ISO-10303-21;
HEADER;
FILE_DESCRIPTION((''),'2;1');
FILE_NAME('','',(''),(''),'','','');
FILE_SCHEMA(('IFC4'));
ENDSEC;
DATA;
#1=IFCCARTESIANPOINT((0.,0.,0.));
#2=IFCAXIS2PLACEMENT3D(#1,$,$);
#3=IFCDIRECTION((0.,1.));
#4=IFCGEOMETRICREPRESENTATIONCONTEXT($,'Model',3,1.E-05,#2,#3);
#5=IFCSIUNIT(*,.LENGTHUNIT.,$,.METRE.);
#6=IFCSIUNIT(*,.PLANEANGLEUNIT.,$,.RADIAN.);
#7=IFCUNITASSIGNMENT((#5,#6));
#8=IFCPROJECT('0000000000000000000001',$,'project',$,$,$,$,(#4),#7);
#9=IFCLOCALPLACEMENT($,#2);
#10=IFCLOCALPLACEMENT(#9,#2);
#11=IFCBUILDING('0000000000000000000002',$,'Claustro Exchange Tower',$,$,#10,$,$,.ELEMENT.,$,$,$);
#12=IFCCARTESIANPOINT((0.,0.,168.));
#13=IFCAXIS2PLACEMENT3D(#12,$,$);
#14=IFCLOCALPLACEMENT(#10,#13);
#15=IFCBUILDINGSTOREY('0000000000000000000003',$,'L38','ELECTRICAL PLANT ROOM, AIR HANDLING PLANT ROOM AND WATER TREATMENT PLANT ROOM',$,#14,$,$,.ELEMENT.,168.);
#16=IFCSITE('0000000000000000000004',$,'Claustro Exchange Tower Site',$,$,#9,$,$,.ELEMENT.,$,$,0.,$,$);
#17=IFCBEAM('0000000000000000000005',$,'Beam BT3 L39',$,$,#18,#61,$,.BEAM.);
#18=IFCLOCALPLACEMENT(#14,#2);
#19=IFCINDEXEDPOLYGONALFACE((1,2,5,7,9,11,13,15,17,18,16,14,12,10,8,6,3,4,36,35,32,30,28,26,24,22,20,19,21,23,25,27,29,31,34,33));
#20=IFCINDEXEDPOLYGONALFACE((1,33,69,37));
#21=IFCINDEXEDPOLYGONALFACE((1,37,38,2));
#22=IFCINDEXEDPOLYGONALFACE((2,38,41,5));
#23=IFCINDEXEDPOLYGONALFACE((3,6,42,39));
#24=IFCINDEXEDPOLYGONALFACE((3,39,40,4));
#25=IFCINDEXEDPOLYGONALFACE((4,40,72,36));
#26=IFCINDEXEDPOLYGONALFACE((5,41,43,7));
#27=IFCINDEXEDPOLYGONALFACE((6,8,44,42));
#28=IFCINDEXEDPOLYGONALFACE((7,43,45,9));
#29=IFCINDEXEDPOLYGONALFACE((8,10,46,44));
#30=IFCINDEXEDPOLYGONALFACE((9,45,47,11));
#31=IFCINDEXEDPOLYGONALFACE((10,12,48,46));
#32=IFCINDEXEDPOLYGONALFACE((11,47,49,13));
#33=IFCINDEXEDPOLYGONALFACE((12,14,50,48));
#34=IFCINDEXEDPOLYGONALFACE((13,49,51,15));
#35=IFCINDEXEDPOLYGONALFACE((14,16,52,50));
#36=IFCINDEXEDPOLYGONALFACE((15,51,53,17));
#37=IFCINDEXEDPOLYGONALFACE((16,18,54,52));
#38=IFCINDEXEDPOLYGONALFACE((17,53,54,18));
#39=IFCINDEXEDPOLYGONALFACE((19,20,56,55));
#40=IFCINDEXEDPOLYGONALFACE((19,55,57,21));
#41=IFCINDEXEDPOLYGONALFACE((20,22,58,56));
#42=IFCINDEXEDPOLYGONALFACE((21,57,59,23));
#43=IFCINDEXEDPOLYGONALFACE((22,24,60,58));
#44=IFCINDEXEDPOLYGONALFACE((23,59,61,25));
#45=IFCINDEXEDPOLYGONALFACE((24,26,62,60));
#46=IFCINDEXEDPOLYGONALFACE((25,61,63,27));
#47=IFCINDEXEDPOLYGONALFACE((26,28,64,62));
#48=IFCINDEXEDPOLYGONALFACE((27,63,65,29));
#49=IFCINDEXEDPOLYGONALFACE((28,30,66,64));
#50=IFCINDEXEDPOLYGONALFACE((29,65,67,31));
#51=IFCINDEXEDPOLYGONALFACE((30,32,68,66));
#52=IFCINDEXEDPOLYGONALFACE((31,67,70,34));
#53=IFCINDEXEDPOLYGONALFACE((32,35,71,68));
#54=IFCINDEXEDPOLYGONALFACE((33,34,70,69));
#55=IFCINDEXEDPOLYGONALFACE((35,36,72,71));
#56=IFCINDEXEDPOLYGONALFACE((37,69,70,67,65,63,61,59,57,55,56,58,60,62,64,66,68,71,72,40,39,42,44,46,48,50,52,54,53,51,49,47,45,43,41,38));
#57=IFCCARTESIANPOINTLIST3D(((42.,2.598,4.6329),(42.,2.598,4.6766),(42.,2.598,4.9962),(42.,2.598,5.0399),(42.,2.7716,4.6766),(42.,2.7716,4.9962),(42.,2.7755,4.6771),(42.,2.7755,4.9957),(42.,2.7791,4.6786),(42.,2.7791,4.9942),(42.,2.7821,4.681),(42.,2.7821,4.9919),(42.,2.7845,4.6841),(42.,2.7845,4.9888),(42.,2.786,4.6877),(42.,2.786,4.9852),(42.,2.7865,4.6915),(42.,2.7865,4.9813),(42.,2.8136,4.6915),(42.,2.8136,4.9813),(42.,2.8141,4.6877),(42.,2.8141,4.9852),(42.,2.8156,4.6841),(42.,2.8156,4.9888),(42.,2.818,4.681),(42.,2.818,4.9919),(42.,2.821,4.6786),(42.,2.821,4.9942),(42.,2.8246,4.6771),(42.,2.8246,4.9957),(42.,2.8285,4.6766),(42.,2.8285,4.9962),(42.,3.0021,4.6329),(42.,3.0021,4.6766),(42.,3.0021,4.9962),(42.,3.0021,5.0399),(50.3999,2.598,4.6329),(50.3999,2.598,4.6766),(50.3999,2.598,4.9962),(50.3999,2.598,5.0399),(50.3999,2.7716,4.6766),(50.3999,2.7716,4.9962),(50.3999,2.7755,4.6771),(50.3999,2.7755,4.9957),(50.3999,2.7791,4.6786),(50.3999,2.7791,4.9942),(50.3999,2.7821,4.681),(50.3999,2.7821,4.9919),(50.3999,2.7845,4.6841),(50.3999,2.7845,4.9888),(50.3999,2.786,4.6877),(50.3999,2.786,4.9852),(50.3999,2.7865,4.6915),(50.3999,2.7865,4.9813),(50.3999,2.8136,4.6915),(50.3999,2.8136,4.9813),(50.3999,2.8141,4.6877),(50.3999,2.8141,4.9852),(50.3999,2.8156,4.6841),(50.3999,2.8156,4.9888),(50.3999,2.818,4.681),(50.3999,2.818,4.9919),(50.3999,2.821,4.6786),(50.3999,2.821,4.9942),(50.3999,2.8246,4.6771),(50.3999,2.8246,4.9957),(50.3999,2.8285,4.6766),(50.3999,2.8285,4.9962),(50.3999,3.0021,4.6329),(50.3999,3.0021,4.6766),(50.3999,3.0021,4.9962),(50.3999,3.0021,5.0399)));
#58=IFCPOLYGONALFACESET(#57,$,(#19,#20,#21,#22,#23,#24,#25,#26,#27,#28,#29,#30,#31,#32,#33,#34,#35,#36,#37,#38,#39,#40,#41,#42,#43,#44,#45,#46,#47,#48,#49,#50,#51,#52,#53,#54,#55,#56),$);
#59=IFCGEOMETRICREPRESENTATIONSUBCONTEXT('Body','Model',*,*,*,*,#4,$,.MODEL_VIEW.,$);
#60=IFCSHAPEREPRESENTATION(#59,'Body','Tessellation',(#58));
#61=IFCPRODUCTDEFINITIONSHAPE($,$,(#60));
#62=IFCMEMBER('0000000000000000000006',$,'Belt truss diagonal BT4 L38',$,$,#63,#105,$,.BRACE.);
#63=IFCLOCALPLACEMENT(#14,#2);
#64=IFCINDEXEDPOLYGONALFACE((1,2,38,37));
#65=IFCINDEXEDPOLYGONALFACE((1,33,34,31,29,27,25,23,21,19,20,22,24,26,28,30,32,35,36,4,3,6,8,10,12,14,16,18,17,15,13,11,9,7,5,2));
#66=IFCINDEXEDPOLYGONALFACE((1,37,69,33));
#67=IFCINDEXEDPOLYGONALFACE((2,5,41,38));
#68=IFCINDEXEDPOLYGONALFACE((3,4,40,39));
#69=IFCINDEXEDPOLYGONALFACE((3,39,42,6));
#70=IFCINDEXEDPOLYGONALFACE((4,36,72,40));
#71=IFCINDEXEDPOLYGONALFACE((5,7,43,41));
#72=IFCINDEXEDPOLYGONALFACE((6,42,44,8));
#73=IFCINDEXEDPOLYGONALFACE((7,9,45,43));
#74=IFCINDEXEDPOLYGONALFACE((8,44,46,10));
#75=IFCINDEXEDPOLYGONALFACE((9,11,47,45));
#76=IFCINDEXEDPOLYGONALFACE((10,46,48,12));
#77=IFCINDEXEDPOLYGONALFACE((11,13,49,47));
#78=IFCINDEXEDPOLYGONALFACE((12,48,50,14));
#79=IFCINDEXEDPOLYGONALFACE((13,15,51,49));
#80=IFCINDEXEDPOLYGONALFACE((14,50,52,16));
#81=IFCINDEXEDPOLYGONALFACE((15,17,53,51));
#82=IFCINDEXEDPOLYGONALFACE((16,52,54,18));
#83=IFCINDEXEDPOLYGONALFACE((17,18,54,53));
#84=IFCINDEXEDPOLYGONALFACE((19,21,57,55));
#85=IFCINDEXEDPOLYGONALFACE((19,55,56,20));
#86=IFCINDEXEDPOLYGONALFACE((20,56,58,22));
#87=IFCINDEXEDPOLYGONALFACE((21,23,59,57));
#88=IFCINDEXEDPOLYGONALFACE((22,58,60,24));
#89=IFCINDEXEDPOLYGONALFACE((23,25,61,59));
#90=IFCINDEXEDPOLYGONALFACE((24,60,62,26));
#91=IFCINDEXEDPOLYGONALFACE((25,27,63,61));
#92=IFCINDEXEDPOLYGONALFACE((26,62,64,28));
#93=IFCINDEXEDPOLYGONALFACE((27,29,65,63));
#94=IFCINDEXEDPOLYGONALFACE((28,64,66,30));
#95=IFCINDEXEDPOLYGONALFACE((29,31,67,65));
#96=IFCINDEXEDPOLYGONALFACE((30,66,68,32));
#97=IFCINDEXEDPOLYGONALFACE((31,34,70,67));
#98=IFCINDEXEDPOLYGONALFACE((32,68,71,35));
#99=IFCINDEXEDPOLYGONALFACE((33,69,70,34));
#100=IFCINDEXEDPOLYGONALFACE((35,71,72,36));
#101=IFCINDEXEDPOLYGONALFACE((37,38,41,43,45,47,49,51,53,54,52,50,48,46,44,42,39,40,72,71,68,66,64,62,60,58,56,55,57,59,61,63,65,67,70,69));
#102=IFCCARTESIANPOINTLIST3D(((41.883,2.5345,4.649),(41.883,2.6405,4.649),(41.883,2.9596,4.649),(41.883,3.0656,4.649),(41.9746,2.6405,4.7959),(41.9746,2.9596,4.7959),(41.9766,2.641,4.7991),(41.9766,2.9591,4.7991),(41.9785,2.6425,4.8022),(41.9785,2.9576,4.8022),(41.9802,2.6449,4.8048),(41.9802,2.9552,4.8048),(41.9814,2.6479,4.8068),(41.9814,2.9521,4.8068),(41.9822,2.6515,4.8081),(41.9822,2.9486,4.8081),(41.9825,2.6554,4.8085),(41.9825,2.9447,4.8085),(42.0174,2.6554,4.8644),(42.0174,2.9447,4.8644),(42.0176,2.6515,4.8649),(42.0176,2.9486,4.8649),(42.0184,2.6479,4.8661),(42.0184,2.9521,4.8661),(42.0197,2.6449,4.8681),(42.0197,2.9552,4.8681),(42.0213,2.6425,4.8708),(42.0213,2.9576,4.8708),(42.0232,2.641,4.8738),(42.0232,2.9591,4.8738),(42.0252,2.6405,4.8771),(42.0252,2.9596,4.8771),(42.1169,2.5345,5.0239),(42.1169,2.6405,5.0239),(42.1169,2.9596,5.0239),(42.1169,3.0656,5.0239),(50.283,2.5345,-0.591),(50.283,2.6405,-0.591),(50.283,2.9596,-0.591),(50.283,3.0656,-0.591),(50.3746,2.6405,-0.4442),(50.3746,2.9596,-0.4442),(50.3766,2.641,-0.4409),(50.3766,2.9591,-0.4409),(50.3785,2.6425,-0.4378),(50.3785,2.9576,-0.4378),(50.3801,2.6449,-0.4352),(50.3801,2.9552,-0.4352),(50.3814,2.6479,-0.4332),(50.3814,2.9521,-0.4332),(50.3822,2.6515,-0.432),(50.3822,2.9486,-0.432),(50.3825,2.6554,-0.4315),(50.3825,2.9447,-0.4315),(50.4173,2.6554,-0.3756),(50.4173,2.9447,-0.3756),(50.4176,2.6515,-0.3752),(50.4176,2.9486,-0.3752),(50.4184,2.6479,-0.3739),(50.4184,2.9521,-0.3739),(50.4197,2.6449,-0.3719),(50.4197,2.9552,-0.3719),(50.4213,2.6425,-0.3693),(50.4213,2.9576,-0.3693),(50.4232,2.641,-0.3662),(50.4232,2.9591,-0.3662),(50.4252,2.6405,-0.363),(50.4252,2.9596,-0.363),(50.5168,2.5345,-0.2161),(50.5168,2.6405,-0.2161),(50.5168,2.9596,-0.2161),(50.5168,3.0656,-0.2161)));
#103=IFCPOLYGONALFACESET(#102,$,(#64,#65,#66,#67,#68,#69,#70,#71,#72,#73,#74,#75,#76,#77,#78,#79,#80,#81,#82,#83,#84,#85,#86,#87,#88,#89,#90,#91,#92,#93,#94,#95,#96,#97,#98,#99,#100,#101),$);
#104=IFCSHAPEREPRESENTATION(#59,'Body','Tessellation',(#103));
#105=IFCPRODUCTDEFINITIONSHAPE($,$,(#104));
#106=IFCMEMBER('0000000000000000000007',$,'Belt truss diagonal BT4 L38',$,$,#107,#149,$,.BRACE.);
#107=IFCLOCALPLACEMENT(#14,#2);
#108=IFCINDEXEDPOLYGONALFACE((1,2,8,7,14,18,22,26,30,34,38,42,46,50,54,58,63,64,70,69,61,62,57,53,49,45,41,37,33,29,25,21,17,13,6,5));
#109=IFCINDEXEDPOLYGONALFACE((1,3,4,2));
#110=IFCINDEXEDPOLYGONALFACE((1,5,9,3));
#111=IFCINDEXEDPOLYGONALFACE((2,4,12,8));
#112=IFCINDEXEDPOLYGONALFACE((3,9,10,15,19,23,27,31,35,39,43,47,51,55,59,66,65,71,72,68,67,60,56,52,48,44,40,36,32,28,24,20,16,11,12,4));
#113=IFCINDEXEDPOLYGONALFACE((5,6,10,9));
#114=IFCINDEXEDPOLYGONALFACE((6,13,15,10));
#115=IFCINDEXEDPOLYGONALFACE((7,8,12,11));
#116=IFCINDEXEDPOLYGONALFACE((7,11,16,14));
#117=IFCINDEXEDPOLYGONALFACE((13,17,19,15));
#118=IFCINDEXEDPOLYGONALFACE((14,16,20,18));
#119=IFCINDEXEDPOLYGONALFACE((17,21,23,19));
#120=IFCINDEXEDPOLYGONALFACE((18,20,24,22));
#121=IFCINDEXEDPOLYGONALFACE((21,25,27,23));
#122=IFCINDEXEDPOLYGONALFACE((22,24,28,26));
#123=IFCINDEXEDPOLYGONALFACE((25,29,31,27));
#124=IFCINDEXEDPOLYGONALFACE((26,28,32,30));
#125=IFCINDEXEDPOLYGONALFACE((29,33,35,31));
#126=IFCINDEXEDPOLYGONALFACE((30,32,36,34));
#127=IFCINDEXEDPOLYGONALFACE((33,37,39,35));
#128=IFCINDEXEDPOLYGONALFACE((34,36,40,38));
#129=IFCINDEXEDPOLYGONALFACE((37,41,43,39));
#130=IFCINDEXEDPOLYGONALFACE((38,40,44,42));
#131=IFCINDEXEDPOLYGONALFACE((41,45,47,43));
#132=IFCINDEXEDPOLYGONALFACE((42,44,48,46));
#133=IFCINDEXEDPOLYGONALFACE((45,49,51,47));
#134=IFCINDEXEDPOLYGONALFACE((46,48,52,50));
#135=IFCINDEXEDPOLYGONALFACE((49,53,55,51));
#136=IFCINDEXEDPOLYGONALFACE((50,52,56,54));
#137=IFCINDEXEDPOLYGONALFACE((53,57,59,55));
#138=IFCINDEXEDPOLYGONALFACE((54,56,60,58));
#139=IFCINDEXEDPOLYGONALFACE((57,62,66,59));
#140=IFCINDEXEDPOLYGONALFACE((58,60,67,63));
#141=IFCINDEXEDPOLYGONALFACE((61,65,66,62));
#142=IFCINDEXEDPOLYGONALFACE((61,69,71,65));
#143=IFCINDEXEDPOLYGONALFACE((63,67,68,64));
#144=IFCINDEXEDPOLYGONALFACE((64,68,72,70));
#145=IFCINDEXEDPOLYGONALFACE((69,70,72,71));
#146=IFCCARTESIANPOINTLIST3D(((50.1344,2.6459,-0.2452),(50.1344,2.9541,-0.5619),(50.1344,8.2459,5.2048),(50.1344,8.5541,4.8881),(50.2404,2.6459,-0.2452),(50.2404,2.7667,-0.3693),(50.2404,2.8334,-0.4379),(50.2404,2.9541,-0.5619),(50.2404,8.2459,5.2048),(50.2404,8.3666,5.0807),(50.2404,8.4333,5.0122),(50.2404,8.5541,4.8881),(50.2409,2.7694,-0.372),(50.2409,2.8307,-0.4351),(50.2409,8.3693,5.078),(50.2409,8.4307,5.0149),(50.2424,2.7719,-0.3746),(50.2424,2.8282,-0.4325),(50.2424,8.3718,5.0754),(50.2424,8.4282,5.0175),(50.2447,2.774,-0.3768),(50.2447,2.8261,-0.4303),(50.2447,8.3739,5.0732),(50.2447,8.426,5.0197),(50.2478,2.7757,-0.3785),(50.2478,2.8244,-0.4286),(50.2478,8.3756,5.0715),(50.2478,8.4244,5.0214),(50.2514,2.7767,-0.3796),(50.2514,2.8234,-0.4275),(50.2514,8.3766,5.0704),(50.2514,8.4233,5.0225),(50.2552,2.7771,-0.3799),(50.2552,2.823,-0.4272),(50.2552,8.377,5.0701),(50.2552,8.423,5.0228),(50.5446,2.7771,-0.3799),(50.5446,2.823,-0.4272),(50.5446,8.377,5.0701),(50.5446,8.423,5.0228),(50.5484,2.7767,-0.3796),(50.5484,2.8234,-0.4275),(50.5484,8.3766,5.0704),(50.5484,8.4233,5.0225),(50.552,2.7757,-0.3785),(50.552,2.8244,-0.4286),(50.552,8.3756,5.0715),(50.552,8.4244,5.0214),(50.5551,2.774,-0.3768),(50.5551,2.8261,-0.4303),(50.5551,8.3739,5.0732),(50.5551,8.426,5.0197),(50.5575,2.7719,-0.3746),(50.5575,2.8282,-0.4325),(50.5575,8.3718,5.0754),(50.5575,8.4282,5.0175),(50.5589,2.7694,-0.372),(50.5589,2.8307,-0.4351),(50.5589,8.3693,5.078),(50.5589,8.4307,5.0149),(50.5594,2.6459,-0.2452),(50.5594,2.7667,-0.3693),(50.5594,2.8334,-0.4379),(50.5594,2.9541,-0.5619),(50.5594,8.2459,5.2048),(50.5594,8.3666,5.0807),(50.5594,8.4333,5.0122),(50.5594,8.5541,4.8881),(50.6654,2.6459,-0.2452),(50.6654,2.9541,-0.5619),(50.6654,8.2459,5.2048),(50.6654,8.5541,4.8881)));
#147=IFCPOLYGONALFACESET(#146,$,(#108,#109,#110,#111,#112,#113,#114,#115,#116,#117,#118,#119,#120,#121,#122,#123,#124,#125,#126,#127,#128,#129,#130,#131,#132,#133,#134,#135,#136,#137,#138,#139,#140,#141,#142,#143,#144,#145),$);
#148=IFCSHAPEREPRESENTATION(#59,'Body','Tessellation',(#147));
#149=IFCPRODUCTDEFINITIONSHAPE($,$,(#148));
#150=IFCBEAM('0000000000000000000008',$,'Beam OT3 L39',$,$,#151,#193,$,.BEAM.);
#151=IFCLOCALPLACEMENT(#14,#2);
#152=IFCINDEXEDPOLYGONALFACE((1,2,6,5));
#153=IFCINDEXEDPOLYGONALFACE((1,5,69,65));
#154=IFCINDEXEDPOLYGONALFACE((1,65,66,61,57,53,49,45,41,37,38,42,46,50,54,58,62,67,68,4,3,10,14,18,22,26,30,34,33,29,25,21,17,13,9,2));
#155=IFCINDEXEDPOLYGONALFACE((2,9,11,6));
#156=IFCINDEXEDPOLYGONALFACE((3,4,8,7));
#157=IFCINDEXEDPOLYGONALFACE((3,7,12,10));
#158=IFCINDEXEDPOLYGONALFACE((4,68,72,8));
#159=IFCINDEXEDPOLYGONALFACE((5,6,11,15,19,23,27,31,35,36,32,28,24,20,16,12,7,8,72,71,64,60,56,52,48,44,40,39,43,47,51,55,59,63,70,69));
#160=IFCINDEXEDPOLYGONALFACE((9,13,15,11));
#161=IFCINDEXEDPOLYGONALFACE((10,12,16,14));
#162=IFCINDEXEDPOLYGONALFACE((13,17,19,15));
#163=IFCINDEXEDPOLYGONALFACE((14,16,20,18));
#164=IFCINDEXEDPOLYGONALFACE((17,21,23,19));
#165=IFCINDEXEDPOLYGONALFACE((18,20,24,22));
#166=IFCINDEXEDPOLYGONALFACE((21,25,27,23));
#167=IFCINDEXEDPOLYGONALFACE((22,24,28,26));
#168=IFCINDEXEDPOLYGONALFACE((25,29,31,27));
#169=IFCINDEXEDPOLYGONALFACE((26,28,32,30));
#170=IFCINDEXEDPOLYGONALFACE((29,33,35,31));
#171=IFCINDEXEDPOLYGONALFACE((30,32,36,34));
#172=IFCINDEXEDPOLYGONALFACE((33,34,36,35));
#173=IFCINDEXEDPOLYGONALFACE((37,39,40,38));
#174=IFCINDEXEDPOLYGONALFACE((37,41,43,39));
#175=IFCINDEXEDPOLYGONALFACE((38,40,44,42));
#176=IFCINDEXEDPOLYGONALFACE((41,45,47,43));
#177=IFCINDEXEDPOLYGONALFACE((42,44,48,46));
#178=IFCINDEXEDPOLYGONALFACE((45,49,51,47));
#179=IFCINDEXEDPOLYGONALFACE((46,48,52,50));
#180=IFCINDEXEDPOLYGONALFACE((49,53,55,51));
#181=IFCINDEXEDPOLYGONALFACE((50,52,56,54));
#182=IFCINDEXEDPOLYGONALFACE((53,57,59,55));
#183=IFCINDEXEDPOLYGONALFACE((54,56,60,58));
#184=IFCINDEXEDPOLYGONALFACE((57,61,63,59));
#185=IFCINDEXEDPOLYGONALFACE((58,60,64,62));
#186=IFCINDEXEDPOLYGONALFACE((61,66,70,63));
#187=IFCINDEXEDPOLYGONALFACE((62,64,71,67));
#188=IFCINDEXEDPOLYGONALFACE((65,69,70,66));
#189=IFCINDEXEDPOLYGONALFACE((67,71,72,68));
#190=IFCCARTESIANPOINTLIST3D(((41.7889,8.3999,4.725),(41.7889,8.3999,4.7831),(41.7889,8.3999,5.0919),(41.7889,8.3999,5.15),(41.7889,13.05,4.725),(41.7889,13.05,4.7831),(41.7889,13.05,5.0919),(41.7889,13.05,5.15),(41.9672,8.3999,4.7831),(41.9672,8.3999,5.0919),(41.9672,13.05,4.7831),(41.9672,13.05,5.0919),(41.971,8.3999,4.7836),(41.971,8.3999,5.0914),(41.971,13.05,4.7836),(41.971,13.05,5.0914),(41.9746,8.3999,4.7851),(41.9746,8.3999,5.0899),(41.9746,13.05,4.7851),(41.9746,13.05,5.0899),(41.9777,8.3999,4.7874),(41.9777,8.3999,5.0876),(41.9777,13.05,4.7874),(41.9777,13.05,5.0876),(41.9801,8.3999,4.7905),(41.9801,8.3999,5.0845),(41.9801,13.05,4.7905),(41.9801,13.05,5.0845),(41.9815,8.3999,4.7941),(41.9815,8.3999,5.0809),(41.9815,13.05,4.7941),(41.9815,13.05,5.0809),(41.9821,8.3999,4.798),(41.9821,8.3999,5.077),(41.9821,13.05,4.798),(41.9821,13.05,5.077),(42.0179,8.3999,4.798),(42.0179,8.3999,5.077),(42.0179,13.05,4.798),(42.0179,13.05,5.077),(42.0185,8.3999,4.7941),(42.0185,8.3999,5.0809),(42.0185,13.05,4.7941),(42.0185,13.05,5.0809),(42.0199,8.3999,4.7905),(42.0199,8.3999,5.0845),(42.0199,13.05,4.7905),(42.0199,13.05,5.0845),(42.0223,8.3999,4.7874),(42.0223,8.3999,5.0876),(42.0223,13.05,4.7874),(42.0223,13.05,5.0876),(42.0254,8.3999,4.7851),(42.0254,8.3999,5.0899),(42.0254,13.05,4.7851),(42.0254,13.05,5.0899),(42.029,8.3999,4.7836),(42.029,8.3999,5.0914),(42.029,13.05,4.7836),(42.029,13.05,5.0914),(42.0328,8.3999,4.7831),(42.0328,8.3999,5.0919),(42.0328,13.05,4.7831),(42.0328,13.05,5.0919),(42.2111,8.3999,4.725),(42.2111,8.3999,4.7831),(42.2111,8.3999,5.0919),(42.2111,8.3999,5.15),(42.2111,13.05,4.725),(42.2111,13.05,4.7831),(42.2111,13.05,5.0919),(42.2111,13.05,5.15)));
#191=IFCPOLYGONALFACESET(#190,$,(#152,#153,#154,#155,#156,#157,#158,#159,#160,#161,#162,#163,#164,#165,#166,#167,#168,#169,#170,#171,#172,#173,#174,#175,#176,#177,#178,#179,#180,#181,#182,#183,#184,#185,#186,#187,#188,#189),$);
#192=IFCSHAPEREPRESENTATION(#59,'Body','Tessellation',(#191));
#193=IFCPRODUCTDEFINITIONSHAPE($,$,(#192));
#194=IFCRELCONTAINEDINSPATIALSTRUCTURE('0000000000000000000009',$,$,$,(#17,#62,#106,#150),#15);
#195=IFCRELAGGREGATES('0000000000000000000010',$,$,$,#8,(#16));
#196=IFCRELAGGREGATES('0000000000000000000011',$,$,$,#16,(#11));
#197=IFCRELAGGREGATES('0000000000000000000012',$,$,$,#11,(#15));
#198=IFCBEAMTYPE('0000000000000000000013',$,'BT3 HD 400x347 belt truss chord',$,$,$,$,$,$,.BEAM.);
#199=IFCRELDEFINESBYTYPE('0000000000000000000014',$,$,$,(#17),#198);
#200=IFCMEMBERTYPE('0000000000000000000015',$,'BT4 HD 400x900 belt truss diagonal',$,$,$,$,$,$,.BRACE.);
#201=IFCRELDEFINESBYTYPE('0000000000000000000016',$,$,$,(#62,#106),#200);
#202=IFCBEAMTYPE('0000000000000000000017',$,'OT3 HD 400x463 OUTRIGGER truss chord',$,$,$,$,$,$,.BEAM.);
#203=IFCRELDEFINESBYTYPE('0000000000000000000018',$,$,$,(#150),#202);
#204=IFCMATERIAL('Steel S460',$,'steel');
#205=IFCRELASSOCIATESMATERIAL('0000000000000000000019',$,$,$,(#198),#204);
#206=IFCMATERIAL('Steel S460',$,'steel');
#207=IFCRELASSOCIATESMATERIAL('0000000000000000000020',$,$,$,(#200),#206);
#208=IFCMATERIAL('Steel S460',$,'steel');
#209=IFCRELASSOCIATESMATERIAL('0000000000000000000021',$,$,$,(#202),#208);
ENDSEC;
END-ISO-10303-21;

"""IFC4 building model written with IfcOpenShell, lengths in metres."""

from ifc_helpers import new_model, si_unit, direction, frame, origin, origin_2d, place, context, subcontext, project, spatial, i_section, extrude, material, material_profile, profile_set, type_object, element, save


model = new_model("IFC4")

# Units and contexts
model_context = context("Model", 3, precision=1e-05, world=origin(), true_north=direction((0.0, 1.0)))
body_context = subcontext(model_context, "Body", "Model", "MODEL_VIEW")
ifc_project = project(units=[si_unit("LENGTHUNIT", "METRE"), si_unit("PLANEANGLEUNIT", "RADIAN")], contexts=[model_context])

# Site, building, storey
site_placement = place(None, origin())
site = spatial("IfcSite", under=ifc_project, at=site_placement, Name="Claustro Exchange Tower Site", CompositionType="ELEMENT", RefElevation=0.0)
building_placement = place(site_placement, origin())
building = spatial("IfcBuilding", under=site, at=building_placement, Name="Claustro Exchange Tower", CompositionType="ELEMENT")
storey_placement = place(building_placement, frame((0.0, 0.0, 168.0)))
storey = spatial("IfcBuildingStorey", under=building, at=storey_placement, Name="L38", Description="ELECTRICAL PLANT ROOM, AIR HANDLING PLANT ROOM AND WATER TREATMENT PLANT ROOM", CompositionType="ELEMENT", Elevation=168.0)

# Beam
ifc_material_1 = material(Name="Steel S460", Category="steel")
ifc_material_profile_1 = material_profile(ifc_material_1, i_section(OverallWidth=0.4041, OverallDepth=0.407, WebThickness=0.0271, FlangeThickness=0.0437, FilletRadius=0.0149, at=origin_2d()), Name="HD 400x347")
ifc_profile_set_1 = profile_set([ifc_material_profile_1], Name="Steel S460")
beam_type_1 = type_object("IfcBeamType", Name="BT3 HD 400x347 belt truss chord", PredefinedType="BEAM", material=ifc_profile_set_1)
beam_1_placement = place(storey_placement, frame((42.0, 2.8, 4.8364), z_axis=(1.0, 0.0, 0.0), x_axis=(0.0, 1.0, 0.0)))
element("IfcBeam", 1, at=beam_1_placement, inside=storey, type_object=beam_type_1, Name="Beam BT3 L39", PredefinedType="BEAM", context=body_context, shape_type="SweptSolid", body=[
    extrude(i_section(OverallWidth=0.4041, OverallDepth=0.407, WebThickness=0.0271, FlangeThickness=0.0437, FilletRadius=0.0149, at=origin_2d()), origin(), (0.0, 0.0, 1.0), 8.3999),
])

# Members
ifc_material_2 = material(Name="Steel S460", Category="steel")
ifc_material_profile_2 = material_profile(ifc_material_2, i_section(OverallWidth=0.4419, OverallDepth=0.531, WebThickness=0.0659, FlangeThickness=0.106, FilletRadius=0.0149, at=origin_2d()), Name="HD 400x900")
ifc_profile_set_2 = profile_set([ifc_material_profile_2], Name="Steel S460")
member_type_1 = type_object("IfcMemberType", Name="BT4 HD 400x900 belt truss diagonal", PredefinedType="BRACE", material=ifc_profile_set_2)
member_1_placement = place(storey_placement, frame((50.3999, 2.8, -0.4036), z_axis=(-0.84845, 0.0, 0.529276), x_axis=(0.529276, 0.0, 0.84845)))
element("IfcMember", 2, at=member_1_placement, inside=storey, type_object=member_type_1, Name="Belt truss diagonal BT4 L38", PredefinedType="BRACE", context=body_context, shape_type="SweptSolid", body=[
    extrude(i_section(OverallWidth=0.4419, OverallDepth=0.531, WebThickness=0.0659, FlangeThickness=0.106, FilletRadius=0.0149, at=origin_2d()), origin(), (0.0, 0.0, 1.0), 9.9004),
])
member_2_placement = place(storey_placement, frame((50.3999, 2.8, -0.4036), z_axis=(0.0, 0.716633, 0.69745), x_axis=(0.0, -0.69745, 0.716633)))
element("IfcMember", 3, at=member_2_placement, inside=storey, type_object=member_type_1, Name="Belt truss diagonal BT4 L38", PredefinedType="BRACE", context=body_context, shape_type="SweptSolid", body=[
    extrude(i_section(OverallWidth=0.4419, OverallDepth=0.531, WebThickness=0.0659, FlangeThickness=0.106, FilletRadius=0.0149, at=origin_2d()), origin(), (0.0, 0.0, 1.0), 7.8142),
])

# Beam
ifc_material_3 = material(Name="Steel S460", Category="steel")
ifc_material_profile_3 = material_profile(ifc_material_3, i_section(OverallWidth=0.4221, OverallDepth=0.425, WebThickness=0.0359, FlangeThickness=0.0581, FilletRadius=0.0149, at=origin_2d()), Name="HD 400x463")
ifc_profile_set_3 = profile_set([ifc_material_profile_3], Name="Steel S460")
beam_type_2 = type_object("IfcBeamType", Name="OT3 HD 400x463 OUTRIGGER truss chord", PredefinedType="BEAM", material=ifc_profile_set_3)
beam_2_placement = place(storey_placement, frame((42.0, 8.3999, 4.9375), z_axis=(0.0, 1.0, 0.0), x_axis=(-1.0, 0.0, 0.0)))
element("IfcBeam", 4, at=beam_2_placement, inside=storey, type_object=beam_type_2, Name="Beam OT3 L39", PredefinedType="BEAM", context=body_context, shape_type="SweptSolid", body=[
    extrude(i_section(OverallWidth=0.4221, OverallDepth=0.425, WebThickness=0.0359, FlangeThickness=0.0581, FilletRadius=0.0149, at=origin_2d()), origin(), (0.0, 0.0, 1.0), 4.6501),
])

save(model, "model.ifc")
